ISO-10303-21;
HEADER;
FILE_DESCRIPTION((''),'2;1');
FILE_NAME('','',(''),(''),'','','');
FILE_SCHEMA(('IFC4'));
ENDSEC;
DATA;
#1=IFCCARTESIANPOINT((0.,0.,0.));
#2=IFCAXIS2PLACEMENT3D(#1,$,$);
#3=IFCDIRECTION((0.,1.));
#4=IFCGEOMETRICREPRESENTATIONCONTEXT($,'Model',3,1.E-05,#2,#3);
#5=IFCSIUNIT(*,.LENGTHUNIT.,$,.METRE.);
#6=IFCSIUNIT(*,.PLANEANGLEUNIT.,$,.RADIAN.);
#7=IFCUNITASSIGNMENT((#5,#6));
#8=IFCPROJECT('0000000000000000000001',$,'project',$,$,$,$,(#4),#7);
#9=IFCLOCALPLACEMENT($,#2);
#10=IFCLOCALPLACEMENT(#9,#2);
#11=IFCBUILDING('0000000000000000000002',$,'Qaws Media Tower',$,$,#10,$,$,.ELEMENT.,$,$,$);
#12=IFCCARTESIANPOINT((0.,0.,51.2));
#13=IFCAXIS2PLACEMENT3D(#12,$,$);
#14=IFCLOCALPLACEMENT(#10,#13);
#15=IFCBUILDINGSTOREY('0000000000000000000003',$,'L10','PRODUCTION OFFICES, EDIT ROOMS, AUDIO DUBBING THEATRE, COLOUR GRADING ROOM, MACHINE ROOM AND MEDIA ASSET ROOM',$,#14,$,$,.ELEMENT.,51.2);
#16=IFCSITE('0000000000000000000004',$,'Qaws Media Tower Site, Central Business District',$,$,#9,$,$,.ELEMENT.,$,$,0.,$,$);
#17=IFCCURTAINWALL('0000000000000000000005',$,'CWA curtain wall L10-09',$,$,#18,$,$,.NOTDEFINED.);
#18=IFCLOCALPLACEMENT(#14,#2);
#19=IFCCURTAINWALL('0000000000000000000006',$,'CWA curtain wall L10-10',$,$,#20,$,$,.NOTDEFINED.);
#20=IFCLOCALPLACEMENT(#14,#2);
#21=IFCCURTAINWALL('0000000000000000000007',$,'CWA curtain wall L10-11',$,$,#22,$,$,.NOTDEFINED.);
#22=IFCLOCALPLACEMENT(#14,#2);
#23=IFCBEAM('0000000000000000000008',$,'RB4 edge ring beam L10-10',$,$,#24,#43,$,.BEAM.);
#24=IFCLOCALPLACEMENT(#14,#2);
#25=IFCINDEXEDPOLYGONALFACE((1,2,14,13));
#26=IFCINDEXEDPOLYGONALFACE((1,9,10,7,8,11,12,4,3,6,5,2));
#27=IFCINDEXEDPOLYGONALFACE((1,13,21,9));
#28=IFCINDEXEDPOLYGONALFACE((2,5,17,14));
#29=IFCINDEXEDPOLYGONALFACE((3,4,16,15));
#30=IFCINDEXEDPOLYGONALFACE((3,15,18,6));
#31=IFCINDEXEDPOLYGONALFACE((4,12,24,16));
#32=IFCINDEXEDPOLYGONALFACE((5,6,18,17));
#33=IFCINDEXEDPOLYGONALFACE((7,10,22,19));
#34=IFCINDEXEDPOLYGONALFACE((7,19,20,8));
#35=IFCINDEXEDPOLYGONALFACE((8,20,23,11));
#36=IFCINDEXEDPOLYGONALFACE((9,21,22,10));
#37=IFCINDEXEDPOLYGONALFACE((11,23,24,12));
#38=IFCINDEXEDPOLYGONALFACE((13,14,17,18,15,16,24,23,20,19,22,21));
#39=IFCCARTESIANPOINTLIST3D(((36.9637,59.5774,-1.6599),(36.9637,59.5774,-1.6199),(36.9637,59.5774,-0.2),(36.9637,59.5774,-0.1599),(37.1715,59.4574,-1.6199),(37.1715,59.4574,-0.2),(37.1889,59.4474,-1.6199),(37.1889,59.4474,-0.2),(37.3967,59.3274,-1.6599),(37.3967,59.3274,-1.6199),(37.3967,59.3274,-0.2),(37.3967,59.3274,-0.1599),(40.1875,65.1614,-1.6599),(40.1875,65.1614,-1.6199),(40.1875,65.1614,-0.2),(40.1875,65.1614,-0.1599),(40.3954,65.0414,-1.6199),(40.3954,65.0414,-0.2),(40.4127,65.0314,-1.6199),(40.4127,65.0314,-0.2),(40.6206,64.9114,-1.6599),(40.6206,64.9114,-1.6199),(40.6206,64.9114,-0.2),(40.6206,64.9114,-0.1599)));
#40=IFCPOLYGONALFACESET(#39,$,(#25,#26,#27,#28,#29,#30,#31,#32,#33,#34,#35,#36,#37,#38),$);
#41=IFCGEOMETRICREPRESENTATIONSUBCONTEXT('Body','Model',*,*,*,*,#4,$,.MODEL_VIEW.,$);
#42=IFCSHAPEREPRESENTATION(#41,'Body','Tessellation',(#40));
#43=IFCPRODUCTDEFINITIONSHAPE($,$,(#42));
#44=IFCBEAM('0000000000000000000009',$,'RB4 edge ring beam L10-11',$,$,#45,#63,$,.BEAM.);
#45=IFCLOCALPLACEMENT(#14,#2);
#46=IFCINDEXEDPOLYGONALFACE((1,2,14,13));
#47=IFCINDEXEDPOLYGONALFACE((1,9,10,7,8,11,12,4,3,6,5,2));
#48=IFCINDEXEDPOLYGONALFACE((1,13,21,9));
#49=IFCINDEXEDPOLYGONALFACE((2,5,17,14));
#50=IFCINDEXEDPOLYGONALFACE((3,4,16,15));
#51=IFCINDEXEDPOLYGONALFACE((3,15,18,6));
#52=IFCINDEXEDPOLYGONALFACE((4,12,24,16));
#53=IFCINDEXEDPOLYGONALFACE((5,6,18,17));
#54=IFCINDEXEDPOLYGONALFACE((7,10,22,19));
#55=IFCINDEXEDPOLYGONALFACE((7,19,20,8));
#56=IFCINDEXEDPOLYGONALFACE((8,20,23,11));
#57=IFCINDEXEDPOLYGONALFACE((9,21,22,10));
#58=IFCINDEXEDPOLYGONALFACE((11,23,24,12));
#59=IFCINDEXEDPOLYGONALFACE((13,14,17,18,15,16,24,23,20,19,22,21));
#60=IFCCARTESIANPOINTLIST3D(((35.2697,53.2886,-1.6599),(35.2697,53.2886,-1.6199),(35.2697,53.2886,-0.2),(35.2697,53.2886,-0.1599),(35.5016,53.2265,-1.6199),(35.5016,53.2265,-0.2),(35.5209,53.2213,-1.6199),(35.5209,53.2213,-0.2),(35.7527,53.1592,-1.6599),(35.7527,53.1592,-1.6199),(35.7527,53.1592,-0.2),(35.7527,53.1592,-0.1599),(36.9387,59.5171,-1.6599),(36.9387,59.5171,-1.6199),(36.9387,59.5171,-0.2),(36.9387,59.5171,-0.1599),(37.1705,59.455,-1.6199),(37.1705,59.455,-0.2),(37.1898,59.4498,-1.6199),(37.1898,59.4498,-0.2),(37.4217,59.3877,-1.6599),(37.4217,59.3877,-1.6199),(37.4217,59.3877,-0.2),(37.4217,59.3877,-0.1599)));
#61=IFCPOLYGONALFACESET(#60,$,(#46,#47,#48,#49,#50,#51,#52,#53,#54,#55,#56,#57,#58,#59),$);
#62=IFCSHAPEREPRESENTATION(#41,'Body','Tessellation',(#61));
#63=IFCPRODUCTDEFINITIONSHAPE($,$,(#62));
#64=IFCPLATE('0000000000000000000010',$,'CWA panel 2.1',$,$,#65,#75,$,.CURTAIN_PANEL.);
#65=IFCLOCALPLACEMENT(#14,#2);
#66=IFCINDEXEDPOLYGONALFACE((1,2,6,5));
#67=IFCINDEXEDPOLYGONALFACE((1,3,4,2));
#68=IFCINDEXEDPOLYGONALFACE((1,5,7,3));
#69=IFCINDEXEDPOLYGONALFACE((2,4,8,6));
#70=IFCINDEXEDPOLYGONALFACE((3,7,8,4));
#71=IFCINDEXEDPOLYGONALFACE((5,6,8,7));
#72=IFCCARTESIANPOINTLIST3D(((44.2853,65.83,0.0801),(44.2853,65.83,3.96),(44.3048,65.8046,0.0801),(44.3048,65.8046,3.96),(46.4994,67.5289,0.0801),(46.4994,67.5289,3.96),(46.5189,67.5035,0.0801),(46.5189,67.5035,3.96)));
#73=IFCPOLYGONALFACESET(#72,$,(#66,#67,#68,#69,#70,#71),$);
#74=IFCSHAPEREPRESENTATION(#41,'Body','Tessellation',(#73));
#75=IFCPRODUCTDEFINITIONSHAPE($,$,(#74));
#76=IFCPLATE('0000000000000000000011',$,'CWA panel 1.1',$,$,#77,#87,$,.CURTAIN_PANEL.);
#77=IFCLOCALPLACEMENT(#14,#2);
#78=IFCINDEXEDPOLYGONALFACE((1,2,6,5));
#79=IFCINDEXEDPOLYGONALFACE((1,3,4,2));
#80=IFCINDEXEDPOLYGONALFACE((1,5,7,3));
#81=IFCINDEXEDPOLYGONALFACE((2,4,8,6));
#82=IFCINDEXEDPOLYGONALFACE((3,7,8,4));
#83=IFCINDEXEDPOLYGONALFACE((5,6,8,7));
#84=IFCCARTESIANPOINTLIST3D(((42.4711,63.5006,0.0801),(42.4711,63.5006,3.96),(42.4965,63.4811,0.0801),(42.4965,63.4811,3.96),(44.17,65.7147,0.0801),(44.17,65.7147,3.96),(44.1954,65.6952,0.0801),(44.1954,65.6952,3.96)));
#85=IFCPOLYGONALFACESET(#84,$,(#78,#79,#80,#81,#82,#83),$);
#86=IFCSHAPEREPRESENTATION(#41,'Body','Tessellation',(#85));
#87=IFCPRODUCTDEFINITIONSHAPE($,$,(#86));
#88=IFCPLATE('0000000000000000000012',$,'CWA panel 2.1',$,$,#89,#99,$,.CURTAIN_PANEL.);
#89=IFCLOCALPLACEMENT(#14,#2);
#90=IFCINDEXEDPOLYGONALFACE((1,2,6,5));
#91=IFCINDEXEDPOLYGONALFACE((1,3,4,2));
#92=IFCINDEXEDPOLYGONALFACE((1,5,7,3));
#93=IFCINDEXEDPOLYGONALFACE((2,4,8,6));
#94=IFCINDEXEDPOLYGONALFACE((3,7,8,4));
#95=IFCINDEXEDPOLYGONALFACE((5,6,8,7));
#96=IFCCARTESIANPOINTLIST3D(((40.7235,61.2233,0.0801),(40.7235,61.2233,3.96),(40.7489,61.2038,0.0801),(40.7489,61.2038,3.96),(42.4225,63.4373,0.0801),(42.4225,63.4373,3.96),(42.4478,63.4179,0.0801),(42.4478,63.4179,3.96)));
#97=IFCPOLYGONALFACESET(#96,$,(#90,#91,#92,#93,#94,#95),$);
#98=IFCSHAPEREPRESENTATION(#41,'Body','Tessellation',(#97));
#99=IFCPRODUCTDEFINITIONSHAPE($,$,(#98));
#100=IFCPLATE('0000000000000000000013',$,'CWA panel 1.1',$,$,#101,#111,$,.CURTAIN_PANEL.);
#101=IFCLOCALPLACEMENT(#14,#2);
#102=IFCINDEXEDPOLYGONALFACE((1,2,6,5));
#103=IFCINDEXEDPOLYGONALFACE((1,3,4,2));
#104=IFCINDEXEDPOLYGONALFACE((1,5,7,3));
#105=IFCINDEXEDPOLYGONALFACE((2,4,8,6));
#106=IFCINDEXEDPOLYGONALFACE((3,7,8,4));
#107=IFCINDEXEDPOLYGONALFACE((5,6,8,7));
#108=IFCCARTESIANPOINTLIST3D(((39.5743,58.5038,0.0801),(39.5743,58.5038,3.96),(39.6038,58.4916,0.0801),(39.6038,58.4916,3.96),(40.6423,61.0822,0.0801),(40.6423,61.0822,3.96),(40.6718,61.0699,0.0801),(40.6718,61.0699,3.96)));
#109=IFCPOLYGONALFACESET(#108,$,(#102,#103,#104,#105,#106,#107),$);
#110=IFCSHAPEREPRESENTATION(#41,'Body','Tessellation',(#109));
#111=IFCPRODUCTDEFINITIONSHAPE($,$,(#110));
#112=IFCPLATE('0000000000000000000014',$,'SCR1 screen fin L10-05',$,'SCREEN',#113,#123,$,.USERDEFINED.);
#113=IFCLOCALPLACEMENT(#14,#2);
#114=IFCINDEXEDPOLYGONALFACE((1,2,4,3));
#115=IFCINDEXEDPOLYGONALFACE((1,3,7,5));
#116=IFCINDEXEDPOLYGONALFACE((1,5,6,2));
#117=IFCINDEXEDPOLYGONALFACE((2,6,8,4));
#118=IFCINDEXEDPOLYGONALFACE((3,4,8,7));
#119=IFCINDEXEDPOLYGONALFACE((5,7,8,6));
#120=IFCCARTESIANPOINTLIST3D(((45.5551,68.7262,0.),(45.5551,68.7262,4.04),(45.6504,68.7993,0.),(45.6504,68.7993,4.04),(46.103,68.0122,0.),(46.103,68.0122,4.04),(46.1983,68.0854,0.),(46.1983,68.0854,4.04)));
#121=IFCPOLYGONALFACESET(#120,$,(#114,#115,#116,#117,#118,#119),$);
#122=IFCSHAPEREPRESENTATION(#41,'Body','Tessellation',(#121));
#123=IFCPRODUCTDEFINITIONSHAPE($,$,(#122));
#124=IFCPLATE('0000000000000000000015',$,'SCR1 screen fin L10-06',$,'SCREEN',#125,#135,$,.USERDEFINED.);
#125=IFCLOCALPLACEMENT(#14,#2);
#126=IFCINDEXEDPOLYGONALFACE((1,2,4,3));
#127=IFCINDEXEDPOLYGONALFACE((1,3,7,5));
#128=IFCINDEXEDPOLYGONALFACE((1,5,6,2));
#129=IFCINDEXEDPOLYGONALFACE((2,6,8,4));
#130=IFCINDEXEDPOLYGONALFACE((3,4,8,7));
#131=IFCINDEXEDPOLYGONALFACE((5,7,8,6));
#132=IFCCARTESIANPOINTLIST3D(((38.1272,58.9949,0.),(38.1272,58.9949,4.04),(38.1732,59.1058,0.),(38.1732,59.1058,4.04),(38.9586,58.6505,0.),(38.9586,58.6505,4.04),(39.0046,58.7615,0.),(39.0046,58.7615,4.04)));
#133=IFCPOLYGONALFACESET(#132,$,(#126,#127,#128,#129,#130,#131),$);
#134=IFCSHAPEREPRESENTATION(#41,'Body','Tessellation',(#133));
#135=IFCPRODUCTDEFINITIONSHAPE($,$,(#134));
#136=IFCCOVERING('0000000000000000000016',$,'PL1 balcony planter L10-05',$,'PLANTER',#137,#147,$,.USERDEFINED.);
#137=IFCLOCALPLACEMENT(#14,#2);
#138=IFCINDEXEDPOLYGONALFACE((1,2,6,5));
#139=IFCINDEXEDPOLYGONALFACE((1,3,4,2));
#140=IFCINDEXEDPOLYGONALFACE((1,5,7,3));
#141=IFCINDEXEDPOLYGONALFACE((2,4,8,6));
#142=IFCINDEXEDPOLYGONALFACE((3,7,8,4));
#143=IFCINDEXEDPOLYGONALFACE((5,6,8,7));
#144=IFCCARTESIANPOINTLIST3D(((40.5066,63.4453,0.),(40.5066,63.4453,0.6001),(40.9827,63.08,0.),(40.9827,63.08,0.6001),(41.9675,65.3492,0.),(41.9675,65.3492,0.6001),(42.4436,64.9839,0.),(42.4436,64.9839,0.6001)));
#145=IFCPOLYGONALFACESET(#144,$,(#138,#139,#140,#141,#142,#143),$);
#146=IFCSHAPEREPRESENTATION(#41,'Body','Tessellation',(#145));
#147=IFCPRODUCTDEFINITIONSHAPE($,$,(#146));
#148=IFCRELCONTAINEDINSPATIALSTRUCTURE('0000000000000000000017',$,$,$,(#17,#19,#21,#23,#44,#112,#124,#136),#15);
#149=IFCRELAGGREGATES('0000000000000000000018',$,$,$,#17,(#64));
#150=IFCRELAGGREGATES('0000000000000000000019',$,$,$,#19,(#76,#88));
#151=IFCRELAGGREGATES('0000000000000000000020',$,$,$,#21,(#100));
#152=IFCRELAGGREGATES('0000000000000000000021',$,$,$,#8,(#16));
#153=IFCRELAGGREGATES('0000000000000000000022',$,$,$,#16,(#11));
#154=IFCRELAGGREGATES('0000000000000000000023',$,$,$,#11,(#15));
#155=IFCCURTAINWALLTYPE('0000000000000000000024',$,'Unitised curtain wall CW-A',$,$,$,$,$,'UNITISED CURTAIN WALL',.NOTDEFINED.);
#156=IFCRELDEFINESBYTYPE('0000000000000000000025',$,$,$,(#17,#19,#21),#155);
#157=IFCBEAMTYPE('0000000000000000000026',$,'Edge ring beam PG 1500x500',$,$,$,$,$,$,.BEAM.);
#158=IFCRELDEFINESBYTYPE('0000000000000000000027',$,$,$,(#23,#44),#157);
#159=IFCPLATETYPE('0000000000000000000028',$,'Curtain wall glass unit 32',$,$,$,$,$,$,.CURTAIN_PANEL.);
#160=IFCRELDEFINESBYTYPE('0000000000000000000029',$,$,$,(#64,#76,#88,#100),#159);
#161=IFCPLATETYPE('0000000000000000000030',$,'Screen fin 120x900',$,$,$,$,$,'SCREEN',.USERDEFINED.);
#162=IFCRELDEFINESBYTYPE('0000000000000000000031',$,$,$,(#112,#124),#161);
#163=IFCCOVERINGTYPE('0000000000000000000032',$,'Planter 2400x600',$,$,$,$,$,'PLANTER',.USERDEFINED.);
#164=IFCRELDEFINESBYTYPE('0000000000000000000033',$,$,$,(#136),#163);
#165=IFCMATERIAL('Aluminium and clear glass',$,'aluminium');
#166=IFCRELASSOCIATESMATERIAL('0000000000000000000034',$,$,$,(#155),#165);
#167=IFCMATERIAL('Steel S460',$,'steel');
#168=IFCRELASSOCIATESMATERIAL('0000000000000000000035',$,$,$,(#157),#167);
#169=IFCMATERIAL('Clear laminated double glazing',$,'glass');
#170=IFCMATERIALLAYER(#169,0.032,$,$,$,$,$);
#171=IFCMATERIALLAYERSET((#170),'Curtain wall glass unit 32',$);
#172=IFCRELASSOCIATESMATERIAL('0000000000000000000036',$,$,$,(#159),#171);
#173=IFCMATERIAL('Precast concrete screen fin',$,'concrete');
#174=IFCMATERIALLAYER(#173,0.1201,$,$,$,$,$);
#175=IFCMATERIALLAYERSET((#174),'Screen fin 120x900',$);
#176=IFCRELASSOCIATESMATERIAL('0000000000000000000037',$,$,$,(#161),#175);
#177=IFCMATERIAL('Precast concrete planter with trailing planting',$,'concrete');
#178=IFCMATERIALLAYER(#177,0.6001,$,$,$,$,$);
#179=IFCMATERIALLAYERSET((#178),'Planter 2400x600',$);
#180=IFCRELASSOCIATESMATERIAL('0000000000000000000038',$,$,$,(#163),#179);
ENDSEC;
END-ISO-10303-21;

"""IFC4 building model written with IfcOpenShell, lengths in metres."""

from ifc_helpers import new_model, si_unit, direction, frame, origin, origin_2d, place, context, subcontext, project, spatial, rectangle, i_section, extrude, material, layer, layer_set, material_profile, profile_set, type_object, element, aggregate, save


model = new_model("IFC4")

# Units and contexts
model_context = context("Model", 3, precision=1e-05, world=origin(), true_north=direction((0.0, 1.0)))
body_context = subcontext(model_context, "Body", "Model", "MODEL_VIEW")
ifc_project = project(units=[si_unit("LENGTHUNIT", "METRE"), si_unit("PLANEANGLEUNIT", "RADIAN")], contexts=[model_context])

# Site, building, storey
site_placement = place(None, origin())
site = spatial("IfcSite", under=ifc_project, at=site_placement, Name="Qaws Media Tower Site, Central Business District", CompositionType="ELEMENT", RefElevation=0.0)
building_placement = place(site_placement, origin())
building = spatial("IfcBuilding", under=site, at=building_placement, Name="Qaws Media Tower", CompositionType="ELEMENT")
storey_placement = place(building_placement, frame((0.0, 0.0, 51.2)))
storey = spatial("IfcBuildingStorey", under=building, at=storey_placement, Name="L10", Description="PRODUCTION OFFICES, EDIT ROOMS, AUDIO DUBBING THEATRE, COLOUR GRADING ROOM, MACHINE ROOM AND MEDIA ASSET ROOM", CompositionType="ELEMENT", Elevation=51.2)

# Curtain wall
ifc_material_1 = material(Name="Aluminium and clear glass", Category="aluminium")
curtain_wall_type = type_object("IfcCurtainWallType", Name="Unitised curtain wall CW-A", ElementType="UNITISED CURTAIN WALL", PredefinedType="NOTDEFINED", material=ifc_material_1)
curtain_wall_1_placement = place(storey_placement, origin())
curtain_wall_1 = element("IfcCurtainWall", 1, at=curtain_wall_1_placement, inside=storey, type_object=curtain_wall_type, Name="CWA curtain wall L10-09", PredefinedType="NOTDEFINED")

# Curtain walls
curtain_wall_2_placement = place(storey_placement, origin())
curtain_wall_2 = element("IfcCurtainWall", 2, at=curtain_wall_2_placement, inside=storey, type_object=curtain_wall_type, Name="CWA curtain wall L10-10", PredefinedType="NOTDEFINED")
curtain_wall_3_placement = place(storey_placement, origin())
curtain_wall_3 = element("IfcCurtainWall", 3, at=curtain_wall_3_placement, inside=storey, type_object=curtain_wall_type, Name="CWA curtain wall L10-11", PredefinedType="NOTDEFINED")

# Beams
ifc_material_2 = material(Name="Steel S460", Category="steel")
ifc_material_profile_1 = material_profile(ifc_material_2, i_section(OverallWidth=0.5, OverallDepth=1.5, WebThickness=0.02, FlangeThickness=0.04, at=origin_2d()), Name="PG 1500x500")
ifc_profile_set_1 = profile_set([ifc_material_profile_1], Name="Steel S460")
beam_type = type_object("IfcBeamType", Name="Edge ring beam PG 1500x500", PredefinedType="BEAM", material=ifc_profile_set_1)
beam_1_placement = place(storey_placement, frame((40.4041, 65.0364, -0.9099), z_axis=(-0.499996, -0.866028, 0.0), x_axis=(0.866028, -0.499996, 0.0)))
element("IfcBeam", 4, at=beam_1_placement, inside=storey, type_object=beam_type, Name="RB4 edge ring beam L10-10", PredefinedType="BEAM", context=body_context, shape_type="SweptSolid", body=[
    extrude(i_section(OverallWidth=0.5, OverallDepth=1.5, WebThickness=0.02, FlangeThickness=0.04, at=origin_2d()), origin(), (0.0, 0.0, 1.0), 6.4478),
])
beam_2_placement = place(storey_placement, frame((37.1802, 59.4524, -0.9099), z_axis=(-0.258822, -0.965925, 0.0), x_axis=(0.965925, -0.258822, 0.0)))
element("IfcBeam", 5, at=beam_2_placement, inside=storey, type_object=beam_type, Name="RB4 edge ring beam L10-11", PredefinedType="BEAM", context=body_context, shape_type="SweptSolid", body=[
    extrude(i_section(OverallWidth=0.5, OverallDepth=1.5, WebThickness=0.02, FlangeThickness=0.04, at=origin_2d()), origin(), (0.0, 0.0, 1.0), 6.4482),
])

# Plates
ifc_material_3 = material(Name="Clear laminated double glazing", Category="glass")
ifc_layer_1 = layer(ifc_material_3, 0.032)
ifc_layer_set_1 = layer_set([ifc_layer_1], Name="Curtain wall glass unit 32")
plate_type_1 = type_object("IfcPlateType", Name="Curtain wall glass unit 32", PredefinedType="CURTAIN_PANEL", material=ifc_layer_set_1)
plate_1_placement = place(storey_placement, frame((45.4021, 66.6667, 0.0801), z_axis=(0.0, 0.0, 1.0), x_axis=(-0.793353, -0.608762, 0.0)))
plate_1 = element("IfcPlate", 6, at=plate_1_placement, type_object=plate_type_1, Name="CWA panel 2.1", PredefinedType="CURTAIN_PANEL", context=body_context, shape_type="SweptSolid", body=[
    extrude(rectangle(XDim=2.7908, YDim=0.032, at=origin_2d()), origin(), (0.0, 0.0, 1.0), 3.8799),
])
aggregate(curtain_wall_1, [plate_1])
plate_2_placement = place(storey_placement, frame((43.3333, 64.5979, 0.0801), z_axis=(0.0, 0.0, 1.0), x_axis=(-0.608762, -0.793353, 0.0)))
plate_2 = element("IfcPlate", 7, at=plate_2_placement, type_object=plate_type_1, Name="CWA panel 1.1", PredefinedType="CURTAIN_PANEL", context=body_context, shape_type="SweptSolid", body=[
    extrude(rectangle(XDim=2.7908, YDim=0.032, at=origin_2d()), origin(), (0.0, 0.0, 1.0), 3.8799),
])
plate_3_placement = place(storey_placement, frame((41.5857, 62.3206, 0.0801), z_axis=(0.0, 0.0, 1.0), x_axis=(-0.608762, -0.793353, 0.0)))
plate_3 = element("IfcPlate", 8, at=plate_3_placement, type_object=plate_type_1, Name="CWA panel 2.1", PredefinedType="CURTAIN_PANEL", context=body_context, shape_type="SweptSolid", body=[
    extrude(rectangle(XDim=2.7908, YDim=0.032, at=origin_2d()), origin(), (0.0, 0.0, 1.0), 3.8799),
])
aggregate(curtain_wall_2, [plate_2, plate_3])
plate_4_placement = place(storey_placement, frame((40.123, 59.7869, 0.0801), z_axis=(0.0, 0.0, 1.0), x_axis=(-0.382683, -0.92388, 0.0)))
plate_4 = element("IfcPlate", 9, at=plate_4_placement, type_object=plate_type_1, Name="CWA panel 1.1", PredefinedType="CURTAIN_PANEL", context=body_context, shape_type="SweptSolid", body=[
    extrude(rectangle(XDim=2.7908, YDim=0.032, at=origin_2d()), origin(), (0.0, 0.0, 1.0), 3.8799),
])
aggregate(curtain_wall_3, [plate_4])

# Plates
ifc_material_4 = material(Name="Precast concrete screen fin", Category="concrete")
ifc_layer_2 = layer(ifc_material_4, 0.1201)
ifc_layer_set_2 = layer_set([ifc_layer_2], Name="Screen fin 120x900")
plate_type_2 = type_object("IfcPlateType", Name="Screen fin 120x900", ElementType="SCREEN", PredefinedType="USERDEFINED", material=ifc_layer_set_2)
for number, where, z_axis, x_axis, name in (
    (10, (45.8767, 68.4058, 0.0), (0.0, 0.0, 1.0), (-0.608761, 0.793353, 0.0), "SCR1 screen fin L10-05"),
    (11, (38.5659, 58.8782, 0.0), (0.0, 0.0, 1.0), (-0.92388, 0.382683, 0.0), "SCR1 screen fin L10-06"),
):
    element("IfcPlate", number, at=place(storey_placement, frame(where, z_axis=z_axis, x_axis=x_axis)), inside=storey, type_object=plate_type_2, Name=name, ObjectType="SCREEN", PredefinedType="USERDEFINED", context=body_context, shape_type="SweptSolid", body=[
        extrude(rectangle(XDim=0.8999, YDim=0.1201, at=origin_2d()), origin(), (0.0, 0.0, 1.0), 4.04),
    ])

# Covering
ifc_material_5 = material(Name="Precast concrete planter with trailing planting", Category="concrete")
ifc_layer_3 = layer(ifc_material_5, 0.6001)
ifc_layer_set_3 = layer_set([ifc_layer_3], Name="Planter 2400x600")
covering_type = type_object("IfcCoveringType", Name="Planter 2400x600", ElementType="PLANTER", PredefinedType="USERDEFINED", material=ifc_layer_set_3)
covering_placement = place(storey_placement, frame((41.4751, 64.2146, 0.0), z_axis=(0.0, 0.0, 1.0), x_axis=(-0.608761, -0.793353, 0.0)))
element("IfcCovering", 12, at=covering_placement, inside=storey, type_object=covering_type, Name="PL1 balcony planter L10-05", ObjectType="PLANTER", PredefinedType="USERDEFINED", context=body_context, shape_type="SweptSolid", body=[
    extrude(rectangle(XDim=2.3999, YDim=0.6001, at=origin_2d()), origin(), (0.0, 0.0, 1.0), 0.6001),
])

save(model, "model.ifc")
